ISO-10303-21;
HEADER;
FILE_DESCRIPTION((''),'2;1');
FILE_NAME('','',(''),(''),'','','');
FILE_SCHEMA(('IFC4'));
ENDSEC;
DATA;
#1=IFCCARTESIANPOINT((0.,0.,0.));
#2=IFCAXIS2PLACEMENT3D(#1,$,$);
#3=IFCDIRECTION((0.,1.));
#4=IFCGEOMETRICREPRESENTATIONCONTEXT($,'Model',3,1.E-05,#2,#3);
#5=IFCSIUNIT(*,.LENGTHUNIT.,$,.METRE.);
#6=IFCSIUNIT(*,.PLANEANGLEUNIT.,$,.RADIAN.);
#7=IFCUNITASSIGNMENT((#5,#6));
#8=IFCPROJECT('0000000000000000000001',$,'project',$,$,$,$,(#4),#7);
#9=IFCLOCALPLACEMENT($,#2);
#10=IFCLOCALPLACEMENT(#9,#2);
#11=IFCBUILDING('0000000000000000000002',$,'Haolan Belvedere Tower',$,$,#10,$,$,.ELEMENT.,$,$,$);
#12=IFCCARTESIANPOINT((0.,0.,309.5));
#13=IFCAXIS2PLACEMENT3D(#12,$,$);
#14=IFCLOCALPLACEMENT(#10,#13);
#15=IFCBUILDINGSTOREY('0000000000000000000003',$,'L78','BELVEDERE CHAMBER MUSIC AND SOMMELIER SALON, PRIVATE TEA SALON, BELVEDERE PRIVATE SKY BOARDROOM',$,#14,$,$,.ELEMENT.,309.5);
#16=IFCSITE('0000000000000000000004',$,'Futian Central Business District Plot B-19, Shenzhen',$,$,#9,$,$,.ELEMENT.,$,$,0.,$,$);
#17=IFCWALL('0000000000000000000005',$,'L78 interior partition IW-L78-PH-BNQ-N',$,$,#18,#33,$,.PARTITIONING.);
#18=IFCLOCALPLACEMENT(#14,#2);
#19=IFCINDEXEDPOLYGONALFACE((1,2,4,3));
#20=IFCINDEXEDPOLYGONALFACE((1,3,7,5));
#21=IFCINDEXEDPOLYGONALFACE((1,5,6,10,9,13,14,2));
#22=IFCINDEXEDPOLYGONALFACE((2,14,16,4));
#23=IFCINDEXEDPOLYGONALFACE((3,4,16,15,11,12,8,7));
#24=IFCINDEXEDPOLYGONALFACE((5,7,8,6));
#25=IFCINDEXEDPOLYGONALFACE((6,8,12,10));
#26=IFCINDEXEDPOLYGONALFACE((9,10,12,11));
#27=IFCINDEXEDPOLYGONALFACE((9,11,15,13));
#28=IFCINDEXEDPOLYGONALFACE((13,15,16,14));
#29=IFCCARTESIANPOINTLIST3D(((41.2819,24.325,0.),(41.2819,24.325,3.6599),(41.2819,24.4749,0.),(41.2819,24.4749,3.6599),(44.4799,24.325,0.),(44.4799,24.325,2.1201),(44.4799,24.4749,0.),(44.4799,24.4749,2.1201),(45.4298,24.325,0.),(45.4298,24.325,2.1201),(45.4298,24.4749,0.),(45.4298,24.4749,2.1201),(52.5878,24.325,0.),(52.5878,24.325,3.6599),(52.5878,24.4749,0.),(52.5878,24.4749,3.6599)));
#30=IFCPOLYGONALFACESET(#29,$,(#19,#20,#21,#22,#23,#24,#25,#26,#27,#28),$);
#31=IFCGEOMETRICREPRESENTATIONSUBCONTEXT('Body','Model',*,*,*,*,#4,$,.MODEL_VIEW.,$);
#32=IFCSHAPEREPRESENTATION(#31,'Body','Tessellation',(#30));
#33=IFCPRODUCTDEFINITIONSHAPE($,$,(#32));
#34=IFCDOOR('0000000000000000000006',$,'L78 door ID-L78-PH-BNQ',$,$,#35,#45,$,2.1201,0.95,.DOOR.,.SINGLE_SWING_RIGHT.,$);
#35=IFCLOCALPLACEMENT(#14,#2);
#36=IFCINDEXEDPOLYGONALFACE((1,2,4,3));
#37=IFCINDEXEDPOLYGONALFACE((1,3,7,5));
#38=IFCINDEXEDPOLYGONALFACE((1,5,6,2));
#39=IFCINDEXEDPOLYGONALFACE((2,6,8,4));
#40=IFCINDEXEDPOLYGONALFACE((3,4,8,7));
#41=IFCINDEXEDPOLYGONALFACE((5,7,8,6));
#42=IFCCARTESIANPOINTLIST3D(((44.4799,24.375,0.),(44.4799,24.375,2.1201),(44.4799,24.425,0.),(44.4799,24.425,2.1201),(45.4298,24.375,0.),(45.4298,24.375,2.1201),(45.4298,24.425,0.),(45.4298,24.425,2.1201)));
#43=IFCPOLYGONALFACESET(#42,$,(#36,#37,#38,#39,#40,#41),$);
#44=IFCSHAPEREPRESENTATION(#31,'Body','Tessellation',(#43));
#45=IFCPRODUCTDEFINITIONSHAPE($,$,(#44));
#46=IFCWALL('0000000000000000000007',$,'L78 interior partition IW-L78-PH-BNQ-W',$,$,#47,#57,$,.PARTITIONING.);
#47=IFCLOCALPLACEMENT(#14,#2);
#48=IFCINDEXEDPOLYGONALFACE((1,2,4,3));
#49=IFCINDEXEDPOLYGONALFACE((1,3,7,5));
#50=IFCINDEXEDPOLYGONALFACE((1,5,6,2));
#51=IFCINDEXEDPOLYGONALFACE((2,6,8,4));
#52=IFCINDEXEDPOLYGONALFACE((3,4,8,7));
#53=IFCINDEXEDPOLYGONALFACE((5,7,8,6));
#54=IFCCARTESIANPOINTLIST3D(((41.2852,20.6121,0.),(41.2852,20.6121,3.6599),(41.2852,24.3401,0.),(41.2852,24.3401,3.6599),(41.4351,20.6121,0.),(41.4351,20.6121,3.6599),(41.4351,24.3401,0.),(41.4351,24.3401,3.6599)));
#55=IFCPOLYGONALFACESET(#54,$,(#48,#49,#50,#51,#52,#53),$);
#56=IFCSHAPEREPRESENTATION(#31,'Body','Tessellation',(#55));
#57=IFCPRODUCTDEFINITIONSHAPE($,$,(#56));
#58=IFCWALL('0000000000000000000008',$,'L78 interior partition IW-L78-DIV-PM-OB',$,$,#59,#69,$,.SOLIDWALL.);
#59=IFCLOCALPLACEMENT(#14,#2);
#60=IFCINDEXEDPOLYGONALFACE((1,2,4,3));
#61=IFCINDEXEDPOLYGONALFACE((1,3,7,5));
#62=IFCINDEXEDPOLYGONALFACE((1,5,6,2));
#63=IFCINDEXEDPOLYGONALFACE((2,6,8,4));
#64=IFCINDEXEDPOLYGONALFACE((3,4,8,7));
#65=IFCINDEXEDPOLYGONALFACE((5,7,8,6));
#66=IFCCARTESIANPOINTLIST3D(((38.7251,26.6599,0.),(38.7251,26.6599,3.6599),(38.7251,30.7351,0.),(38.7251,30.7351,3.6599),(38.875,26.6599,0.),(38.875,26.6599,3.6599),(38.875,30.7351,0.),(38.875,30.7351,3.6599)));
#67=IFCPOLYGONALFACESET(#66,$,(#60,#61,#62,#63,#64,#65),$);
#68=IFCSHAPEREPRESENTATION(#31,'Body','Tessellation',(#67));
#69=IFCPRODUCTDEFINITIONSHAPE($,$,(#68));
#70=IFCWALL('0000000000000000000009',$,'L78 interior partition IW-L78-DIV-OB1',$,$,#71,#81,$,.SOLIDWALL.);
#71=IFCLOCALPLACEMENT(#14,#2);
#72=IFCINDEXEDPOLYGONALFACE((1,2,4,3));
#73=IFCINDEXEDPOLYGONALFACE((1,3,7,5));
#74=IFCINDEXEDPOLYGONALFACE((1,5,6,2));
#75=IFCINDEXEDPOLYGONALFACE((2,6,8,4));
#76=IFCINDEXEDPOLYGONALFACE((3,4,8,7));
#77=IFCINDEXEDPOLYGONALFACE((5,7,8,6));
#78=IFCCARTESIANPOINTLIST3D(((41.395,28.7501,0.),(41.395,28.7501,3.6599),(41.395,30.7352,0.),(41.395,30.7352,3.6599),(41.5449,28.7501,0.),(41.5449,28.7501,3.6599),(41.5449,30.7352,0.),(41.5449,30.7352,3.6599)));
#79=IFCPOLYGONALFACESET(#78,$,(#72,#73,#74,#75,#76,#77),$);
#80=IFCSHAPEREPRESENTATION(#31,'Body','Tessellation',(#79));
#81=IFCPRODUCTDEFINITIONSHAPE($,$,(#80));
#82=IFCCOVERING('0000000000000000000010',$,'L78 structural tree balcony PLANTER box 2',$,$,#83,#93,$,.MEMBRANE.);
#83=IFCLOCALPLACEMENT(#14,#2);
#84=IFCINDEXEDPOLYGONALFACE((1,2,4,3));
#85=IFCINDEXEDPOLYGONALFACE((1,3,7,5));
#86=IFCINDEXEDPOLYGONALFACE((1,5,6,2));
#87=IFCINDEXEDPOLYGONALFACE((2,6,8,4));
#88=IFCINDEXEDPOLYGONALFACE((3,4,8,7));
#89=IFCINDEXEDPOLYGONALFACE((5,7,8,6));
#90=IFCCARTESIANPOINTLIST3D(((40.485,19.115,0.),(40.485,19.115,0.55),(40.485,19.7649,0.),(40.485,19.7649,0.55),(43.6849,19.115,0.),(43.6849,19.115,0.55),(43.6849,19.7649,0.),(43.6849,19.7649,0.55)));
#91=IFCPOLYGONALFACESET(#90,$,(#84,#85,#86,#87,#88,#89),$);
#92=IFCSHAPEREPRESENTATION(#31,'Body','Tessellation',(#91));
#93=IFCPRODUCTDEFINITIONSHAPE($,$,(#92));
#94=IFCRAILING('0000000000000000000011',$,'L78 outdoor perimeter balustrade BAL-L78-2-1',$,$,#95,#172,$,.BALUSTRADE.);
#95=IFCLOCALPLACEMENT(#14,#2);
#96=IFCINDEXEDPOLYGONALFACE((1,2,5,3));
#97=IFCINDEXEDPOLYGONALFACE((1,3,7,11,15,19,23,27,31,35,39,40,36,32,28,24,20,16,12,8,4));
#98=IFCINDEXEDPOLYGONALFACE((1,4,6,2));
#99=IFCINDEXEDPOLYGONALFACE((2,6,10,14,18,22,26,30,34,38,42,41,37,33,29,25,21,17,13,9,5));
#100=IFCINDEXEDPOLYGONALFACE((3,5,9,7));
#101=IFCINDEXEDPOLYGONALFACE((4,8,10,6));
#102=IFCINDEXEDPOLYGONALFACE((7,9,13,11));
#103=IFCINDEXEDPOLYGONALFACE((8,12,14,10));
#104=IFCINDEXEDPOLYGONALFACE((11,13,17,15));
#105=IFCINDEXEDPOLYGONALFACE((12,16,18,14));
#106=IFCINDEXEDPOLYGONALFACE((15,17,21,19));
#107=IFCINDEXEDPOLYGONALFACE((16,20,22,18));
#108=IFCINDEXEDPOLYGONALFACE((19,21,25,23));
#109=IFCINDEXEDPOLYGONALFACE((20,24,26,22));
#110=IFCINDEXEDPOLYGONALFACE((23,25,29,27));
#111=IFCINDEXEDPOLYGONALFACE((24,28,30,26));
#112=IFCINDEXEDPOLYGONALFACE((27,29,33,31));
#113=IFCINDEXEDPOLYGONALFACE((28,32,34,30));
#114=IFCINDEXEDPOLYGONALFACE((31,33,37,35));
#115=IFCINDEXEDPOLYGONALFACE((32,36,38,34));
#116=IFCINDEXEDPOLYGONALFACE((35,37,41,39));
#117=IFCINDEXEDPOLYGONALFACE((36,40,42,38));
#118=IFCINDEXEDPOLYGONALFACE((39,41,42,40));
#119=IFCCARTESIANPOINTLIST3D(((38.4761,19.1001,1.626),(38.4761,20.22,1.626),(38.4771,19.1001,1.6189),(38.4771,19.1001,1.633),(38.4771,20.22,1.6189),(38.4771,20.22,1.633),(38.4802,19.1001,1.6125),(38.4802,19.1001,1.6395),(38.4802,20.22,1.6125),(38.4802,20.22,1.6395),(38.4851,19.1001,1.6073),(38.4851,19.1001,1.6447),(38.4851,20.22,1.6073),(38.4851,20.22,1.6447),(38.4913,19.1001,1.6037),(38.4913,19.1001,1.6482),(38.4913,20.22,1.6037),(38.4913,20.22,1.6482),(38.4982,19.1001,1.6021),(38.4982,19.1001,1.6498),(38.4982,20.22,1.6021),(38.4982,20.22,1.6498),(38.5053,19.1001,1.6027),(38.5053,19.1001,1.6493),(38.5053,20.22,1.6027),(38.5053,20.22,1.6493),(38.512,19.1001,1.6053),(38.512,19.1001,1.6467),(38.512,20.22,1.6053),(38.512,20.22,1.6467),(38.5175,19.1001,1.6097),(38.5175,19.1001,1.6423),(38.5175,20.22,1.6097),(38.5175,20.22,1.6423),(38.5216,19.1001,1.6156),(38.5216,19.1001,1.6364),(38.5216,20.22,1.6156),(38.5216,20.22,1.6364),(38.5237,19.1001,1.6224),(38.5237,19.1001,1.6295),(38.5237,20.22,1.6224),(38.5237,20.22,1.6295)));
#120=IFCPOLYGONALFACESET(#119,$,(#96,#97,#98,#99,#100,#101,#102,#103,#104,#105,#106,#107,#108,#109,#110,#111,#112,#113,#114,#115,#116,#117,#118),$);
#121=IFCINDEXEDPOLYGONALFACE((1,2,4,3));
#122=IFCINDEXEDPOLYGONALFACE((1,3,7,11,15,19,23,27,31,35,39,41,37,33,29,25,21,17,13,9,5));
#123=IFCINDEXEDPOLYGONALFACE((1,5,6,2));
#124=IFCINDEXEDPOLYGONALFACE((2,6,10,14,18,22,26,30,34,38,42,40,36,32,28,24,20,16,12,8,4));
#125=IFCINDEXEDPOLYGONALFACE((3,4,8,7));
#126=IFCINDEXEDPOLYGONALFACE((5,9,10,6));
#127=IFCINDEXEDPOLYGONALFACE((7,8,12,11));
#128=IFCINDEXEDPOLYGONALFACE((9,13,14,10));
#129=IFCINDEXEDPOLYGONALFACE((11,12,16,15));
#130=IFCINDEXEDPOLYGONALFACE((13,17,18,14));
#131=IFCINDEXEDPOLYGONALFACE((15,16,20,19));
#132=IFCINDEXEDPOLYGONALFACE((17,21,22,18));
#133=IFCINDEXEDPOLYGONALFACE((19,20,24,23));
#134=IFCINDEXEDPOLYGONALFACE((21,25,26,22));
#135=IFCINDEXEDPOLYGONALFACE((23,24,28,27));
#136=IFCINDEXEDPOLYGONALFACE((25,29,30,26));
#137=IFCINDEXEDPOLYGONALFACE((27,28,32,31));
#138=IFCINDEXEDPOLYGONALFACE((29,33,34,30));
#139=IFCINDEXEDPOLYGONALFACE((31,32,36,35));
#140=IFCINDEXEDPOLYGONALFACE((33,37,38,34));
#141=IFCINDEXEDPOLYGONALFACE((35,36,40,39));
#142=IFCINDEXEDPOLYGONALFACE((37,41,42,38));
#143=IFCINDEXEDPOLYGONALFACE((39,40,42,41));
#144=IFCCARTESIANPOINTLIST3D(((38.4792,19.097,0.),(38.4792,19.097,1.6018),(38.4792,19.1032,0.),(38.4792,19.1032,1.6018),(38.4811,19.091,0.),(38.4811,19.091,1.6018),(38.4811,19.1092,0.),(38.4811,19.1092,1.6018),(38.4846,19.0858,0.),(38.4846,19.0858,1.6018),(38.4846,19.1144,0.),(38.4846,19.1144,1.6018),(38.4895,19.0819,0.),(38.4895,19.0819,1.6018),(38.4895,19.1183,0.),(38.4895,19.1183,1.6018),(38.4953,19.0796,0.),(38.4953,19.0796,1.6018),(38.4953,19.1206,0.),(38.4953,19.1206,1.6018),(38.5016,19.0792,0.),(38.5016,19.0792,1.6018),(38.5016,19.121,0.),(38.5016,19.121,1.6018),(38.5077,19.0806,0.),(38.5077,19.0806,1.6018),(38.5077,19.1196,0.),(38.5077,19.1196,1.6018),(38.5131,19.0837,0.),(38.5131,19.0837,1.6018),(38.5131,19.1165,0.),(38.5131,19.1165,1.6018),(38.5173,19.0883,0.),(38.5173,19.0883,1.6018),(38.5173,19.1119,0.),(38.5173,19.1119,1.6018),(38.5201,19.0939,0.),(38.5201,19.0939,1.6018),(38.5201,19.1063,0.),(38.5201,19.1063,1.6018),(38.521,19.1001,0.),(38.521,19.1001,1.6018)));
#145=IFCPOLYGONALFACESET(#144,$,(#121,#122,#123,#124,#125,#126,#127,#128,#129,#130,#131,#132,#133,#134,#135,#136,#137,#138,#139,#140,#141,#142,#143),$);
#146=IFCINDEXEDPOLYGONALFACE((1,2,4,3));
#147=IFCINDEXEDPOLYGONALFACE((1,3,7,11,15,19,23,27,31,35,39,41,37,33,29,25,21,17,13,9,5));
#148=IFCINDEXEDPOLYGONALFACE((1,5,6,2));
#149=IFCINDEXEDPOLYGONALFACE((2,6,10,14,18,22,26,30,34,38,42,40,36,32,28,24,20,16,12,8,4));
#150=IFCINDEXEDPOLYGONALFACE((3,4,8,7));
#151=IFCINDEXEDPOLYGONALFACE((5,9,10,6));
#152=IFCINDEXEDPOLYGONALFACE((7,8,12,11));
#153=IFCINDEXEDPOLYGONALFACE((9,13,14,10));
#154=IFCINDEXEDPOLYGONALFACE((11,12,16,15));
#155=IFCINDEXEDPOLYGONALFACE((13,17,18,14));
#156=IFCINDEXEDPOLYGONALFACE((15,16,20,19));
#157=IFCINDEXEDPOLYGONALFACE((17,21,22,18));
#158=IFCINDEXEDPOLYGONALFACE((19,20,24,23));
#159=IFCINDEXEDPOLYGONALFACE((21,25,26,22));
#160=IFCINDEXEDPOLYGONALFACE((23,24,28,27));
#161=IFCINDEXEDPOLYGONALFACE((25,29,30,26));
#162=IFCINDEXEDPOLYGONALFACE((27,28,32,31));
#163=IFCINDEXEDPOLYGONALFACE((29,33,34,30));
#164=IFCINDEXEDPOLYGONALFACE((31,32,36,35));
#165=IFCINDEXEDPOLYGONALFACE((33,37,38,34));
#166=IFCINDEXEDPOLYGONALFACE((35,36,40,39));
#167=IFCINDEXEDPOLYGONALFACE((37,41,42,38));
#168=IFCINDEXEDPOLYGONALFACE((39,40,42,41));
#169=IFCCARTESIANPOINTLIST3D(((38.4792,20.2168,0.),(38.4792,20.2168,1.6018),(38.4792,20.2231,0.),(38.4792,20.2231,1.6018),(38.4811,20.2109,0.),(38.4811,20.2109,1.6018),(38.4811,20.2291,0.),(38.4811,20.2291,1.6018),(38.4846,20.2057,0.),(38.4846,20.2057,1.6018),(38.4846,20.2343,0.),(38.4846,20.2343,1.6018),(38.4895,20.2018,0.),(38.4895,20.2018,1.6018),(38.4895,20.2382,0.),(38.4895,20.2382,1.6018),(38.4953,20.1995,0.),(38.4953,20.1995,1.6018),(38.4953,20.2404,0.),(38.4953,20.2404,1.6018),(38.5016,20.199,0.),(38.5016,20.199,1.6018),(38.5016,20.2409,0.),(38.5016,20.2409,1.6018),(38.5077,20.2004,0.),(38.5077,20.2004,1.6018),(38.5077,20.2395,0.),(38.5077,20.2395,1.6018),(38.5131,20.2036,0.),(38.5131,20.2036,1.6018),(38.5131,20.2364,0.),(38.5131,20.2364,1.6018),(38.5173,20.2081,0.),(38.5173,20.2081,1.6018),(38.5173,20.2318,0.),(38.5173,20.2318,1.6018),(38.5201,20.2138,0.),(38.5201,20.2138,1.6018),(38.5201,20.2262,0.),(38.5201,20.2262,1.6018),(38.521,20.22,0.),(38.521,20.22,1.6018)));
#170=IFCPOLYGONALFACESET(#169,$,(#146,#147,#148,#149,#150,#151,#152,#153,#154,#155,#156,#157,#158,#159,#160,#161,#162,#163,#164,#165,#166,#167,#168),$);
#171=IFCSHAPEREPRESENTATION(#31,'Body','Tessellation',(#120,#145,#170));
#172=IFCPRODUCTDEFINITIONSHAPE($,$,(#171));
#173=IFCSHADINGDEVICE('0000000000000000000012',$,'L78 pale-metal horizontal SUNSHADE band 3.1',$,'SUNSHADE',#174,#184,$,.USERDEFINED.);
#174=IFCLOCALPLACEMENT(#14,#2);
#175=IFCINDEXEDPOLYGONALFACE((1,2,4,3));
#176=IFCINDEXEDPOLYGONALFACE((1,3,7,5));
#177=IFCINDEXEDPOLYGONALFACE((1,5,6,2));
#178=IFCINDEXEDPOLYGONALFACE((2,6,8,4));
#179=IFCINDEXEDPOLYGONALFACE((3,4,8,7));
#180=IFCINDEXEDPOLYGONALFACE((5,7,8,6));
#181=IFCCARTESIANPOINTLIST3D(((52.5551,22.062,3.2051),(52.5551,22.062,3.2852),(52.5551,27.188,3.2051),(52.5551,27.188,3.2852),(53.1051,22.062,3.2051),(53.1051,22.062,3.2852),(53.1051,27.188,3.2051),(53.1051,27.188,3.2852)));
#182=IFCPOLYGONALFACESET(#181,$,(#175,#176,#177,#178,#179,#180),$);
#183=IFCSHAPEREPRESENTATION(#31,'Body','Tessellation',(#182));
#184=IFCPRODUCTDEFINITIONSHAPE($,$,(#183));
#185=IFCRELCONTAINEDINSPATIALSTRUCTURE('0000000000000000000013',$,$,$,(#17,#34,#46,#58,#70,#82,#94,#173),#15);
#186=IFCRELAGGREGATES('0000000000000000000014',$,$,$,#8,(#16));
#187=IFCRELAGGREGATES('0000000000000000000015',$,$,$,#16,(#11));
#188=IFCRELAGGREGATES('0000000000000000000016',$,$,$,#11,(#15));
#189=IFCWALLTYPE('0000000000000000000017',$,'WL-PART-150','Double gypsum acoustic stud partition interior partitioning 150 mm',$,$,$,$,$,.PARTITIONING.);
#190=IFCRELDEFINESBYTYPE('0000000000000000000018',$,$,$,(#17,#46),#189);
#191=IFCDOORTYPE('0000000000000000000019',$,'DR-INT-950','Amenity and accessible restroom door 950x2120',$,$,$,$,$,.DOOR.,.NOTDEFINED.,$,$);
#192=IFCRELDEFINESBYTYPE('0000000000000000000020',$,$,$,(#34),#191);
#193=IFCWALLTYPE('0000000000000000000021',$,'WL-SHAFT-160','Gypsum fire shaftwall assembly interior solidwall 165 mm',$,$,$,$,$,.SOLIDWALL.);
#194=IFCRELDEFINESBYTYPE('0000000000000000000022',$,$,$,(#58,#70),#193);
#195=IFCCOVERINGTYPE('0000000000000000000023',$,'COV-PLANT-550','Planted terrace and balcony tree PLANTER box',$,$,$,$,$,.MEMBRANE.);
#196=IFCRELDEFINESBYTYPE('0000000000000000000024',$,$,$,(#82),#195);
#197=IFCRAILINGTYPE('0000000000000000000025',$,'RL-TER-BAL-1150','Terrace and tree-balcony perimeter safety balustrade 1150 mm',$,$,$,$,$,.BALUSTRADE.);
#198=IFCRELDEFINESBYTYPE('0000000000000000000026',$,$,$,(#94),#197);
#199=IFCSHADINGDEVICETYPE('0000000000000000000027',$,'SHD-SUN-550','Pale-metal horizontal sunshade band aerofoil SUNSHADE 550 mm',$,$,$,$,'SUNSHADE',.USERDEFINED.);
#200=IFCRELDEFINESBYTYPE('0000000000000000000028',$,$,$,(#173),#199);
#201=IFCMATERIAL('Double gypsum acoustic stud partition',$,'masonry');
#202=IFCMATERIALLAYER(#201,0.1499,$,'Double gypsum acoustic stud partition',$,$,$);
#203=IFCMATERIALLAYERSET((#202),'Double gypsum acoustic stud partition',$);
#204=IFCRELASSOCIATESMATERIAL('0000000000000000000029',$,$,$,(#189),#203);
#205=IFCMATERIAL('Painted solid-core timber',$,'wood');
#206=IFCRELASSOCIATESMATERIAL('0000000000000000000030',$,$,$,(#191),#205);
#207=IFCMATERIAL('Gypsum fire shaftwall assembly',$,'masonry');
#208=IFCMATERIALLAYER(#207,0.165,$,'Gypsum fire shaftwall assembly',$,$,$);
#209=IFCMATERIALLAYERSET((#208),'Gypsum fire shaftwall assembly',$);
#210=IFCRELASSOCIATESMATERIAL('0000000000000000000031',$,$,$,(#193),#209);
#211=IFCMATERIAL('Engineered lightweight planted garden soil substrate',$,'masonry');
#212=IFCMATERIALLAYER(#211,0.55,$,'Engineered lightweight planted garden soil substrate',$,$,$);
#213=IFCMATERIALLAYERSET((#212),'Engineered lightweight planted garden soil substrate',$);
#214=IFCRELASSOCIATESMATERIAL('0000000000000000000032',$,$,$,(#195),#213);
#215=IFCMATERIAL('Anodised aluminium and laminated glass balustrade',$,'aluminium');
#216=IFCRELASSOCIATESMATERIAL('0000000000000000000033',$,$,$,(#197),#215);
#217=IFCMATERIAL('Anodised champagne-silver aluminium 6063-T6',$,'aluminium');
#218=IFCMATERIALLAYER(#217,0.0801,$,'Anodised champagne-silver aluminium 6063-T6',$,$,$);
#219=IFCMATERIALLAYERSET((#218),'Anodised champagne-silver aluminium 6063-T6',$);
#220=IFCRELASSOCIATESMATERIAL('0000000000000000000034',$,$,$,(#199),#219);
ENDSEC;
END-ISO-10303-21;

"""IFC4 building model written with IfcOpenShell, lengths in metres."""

from ifc_helpers import new_model, si_unit, direction, frame, frame_2d, origin, origin_2d, place, context, subcontext, project, spatial, rectangle, circle, extrude, material, layer, layer_set, type_object, element, fill, save


model = new_model("IFC4")

# Units and contexts
model_context = context("Model", 3, precision=1e-05, world=origin(), true_north=direction((0.0, 1.0)))
body_context = subcontext(model_context, "Body", "Model", "MODEL_VIEW")
ifc_project = project(units=[si_unit("LENGTHUNIT", "METRE"), si_unit("PLANEANGLEUNIT", "RADIAN")], contexts=[model_context])

# Site, building, storey
site_placement = place(None, origin())
site = spatial("IfcSite", under=ifc_project, at=site_placement, Name="Futian Central Business District Plot B-19, Shenzhen", CompositionType="ELEMENT", RefElevation=0.0)
building_placement = place(site_placement, origin())
building = spatial("IfcBuilding", under=site, at=building_placement, Name="Haolan Belvedere Tower", CompositionType="ELEMENT")
storey_placement = place(building_placement, frame((0.0, 0.0, 309.5)))
storey = spatial("IfcBuildingStorey", under=building, at=storey_placement, Name="L78", Description="BELVEDERE CHAMBER MUSIC AND SOMMELIER SALON, PRIVATE TEA SALON, BELVEDERE PRIVATE SKY BOARDROOM", CompositionType="ELEMENT", Elevation=309.5)

# Shared definitions
ifc_material_1 = material(Name="Double gypsum acoustic stud partition", Category="masonry")
ifc_layer_1 = layer(ifc_material_1, 0.1499, Name="Double gypsum acoustic stud partition")
ifc_layer_set_1 = layer_set([ifc_layer_1], Name="Double gypsum acoustic stud partition")
wall_type_1 = type_object("IfcWallType", Name="WL-PART-150", Description="Double gypsum acoustic stud partition interior partitioning 150 mm", PredefinedType="PARTITIONING", material=ifc_layer_set_1)

# Shared definitions
ifc_material_2 = material(Name="Painted solid-core timber", Category="wood")
door_type_1 = type_object("IfcDoorType", Name="DR-INT-950", Description="Amenity and accessible restroom door 950x2120", OperationType="NOTDEFINED", PredefinedType="DOOR", material=ifc_material_2)

# Wall, opening, door
wall_1_placement = place(storey_placement, frame((41.282, 24.3999, 0.0), z_axis=(0.0, 0.0, 1.0), x_axis=(1.0, 0.0, 0.0)))
wall_1 = element("IfcWall", 1, at=wall_1_placement, inside=storey, type_object=wall_type_1, Name="L78 interior partition IW-L78-PH-BNQ-N", PredefinedType="PARTITIONING", context=body_context, shape_type="SweptSolid", body=[
    extrude(rectangle(XDim=11.3059, YDim=0.1499, at=frame_2d((5.6528, 0.0))), origin(), (0.0, 0.0, 1.0), 3.6599),
])
opening_1_placement = place(wall_1_placement, frame((4.1479, 0.0, 0.0), z_axis=(0.0, 0.0, 1.0), x_axis=(-1.0, 0.0, 0.0)))
opening_1 = element("IfcOpeningElement", 2, at=opening_1_placement, cuts=wall_1, PredefinedType="OPENING", context=body_context, shape_type="SweptSolid", body=[
    extrude(rectangle(XDim=0.95, YDim=2.1201, at=frame_2d((0.4751, 1.0601))), frame((0.0, 0.085, 0.0), z_axis=(0.0, -1.0, 0.0), x_axis=(1.0, 0.0, 0.0)), (0.0, 0.0, 1.0), 0.1699),
])
door_1_placement = place(opening_1_placement, origin())
door_1 = element("IfcDoor", 3, at=door_1_placement, inside=storey, type_object=door_type_1, Name="L78 door ID-L78-PH-BNQ", OperationType="SINGLE_SWING_RIGHT", OverallHeight=2.1201, OverallWidth=0.95, PredefinedType="DOOR", context=body_context, shape_type="SweptSolid", body=[
    extrude(rectangle(XDim=0.95, YDim=2.1201, at=frame_2d((0.4751, 1.0601))), frame((0.0, 0.0249, 0.0), z_axis=(0.0, -1.0, 0.0), x_axis=(1.0, 0.0, 0.0)), (0.0, 0.0, 1.0), 0.05),
])
fill(opening_1, door_1)

# Walls
wall_2_placement = place(storey_placement, frame((41.3601, 20.6121, 0.0), z_axis=(0.0, 0.0, 1.0), x_axis=(0.0, 1.0, 0.0)))
element("IfcWall", 4, at=wall_2_placement, inside=storey, type_object=wall_type_1, Name="L78 interior partition IW-L78-PH-BNQ-W", PredefinedType="PARTITIONING", context=body_context, shape_type="SweptSolid", body=[
    extrude(rectangle(XDim=3.728, YDim=0.1499, at=frame_2d((1.864, 0.0))), origin(), (0.0, 0.0, 1.0), 3.6599),
])
ifc_material_3 = material(Name="Gypsum fire shaftwall assembly", Category="masonry")
ifc_layer_2 = layer(ifc_material_3, 0.165, Name="Gypsum fire shaftwall assembly")
ifc_layer_set_2 = layer_set([ifc_layer_2], Name="Gypsum fire shaftwall assembly")
wall_type_2 = type_object("IfcWallType", Name="WL-SHAFT-160", Description="Gypsum fire shaftwall assembly interior solidwall 165 mm", PredefinedType="SOLIDWALL", material=ifc_layer_set_2)
wall_3_placement = place(storey_placement, frame((38.8, 26.6599, 0.0), z_axis=(0.0, 0.0, 1.0), x_axis=(0.0, 1.0, 0.0)))
element("IfcWall", 5, at=wall_3_placement, inside=storey, type_object=wall_type_2, Name="L78 interior partition IW-L78-DIV-PM-OB", PredefinedType="SOLIDWALL", context=body_context, shape_type="SweptSolid", body=[
    extrude(rectangle(XDim=4.0752, YDim=0.1499, at=frame_2d((2.0376, 0.0))), origin(), (0.0, 0.0, 1.0), 3.6599),
])
wall_4_placement = place(storey_placement, frame((41.47, 28.75, 0.0), z_axis=(0.0, 0.0, 1.0), x_axis=(0.0, 1.0, 0.0)))
element("IfcWall", 6, at=wall_4_placement, inside=storey, type_object=wall_type_2, Name="L78 interior partition IW-L78-DIV-OB1", PredefinedType="SOLIDWALL", context=body_context, shape_type="SweptSolid", body=[
    extrude(rectangle(XDim=1.9851, YDim=0.1499, at=frame_2d((0.9927, 0.0))), origin(), (0.0, 0.0, 1.0), 3.6599),
])

# Covering
ifc_material_4 = material(Name="Engineered lightweight planted garden soil substrate", Category="masonry")
ifc_layer_3 = layer(ifc_material_4, 0.55, Name="Engineered lightweight planted garden soil substrate")
ifc_layer_set_3 = layer_set([ifc_layer_3], Name="Engineered lightweight planted garden soil substrate")
covering_type = type_object("IfcCoveringType", Name="COV-PLANT-550", Description="Planted terrace and balcony tree PLANTER box", PredefinedType="MEMBRANE", material=ifc_layer_set_3)
covering_placement = place(storey_placement, frame((42.085, 19.4399, 0.0), z_axis=(0.0, 0.0, 1.0), x_axis=(1.0, 0.0, 0.0)))
element("IfcCovering", 7, at=covering_placement, inside=storey, type_object=covering_type, Name="L78 structural tree balcony PLANTER box 2", PredefinedType="MEMBRANE", context=body_context, shape_type="SweptSolid", body=[
    extrude(rectangle(XDim=3.2, YDim=0.6499, at=origin_2d()), origin(), (0.0, 0.0, 1.0), 0.55),
])

# Railing
ifc_material_5 = material(Name="Anodised aluminium and laminated glass balustrade", Category="aluminium")
railing_type = type_object("IfcRailingType", Name="RL-TER-BAL-1150", Description="Terrace and tree-balcony perimeter safety balustrade 1150 mm", PredefinedType="BALUSTRADE", material=ifc_material_5)
railing_1_placement = place(storey_placement, frame((38.5, 19.1001, 0.0)))
element("IfcRailing", 8, at=railing_1_placement, inside=storey, type_object=railing_type, Name="L78 outdoor perimeter balustrade BAL-L78-2-1", PredefinedType="BALUSTRADE", context=body_context, shape_type="SweptSolid", body=[
    extrude(circle(Radius=0.0239, at=origin_2d()), frame((0.0, 0.0, 1.626), z_axis=(0.0, 1.0, 0.0), x_axis=(-1.0, 0.0, 0.0)), (0.0, 0.0, 1.0), 1.1199),
    extrude(circle(Radius=0.021, at=origin_2d()), origin(), (0.0, 0.0, 1.0), 1.6018),
    extrude(circle(Radius=0.021, at=origin_2d()), frame((0.0, 1.1199, 0.0)), (0.0, 0.0, 1.0), 1.6018),
])

# Shading device
ifc_material_6 = material(Name="Anodised champagne-silver aluminium 6063-T6", Category="aluminium")
ifc_layer_4 = layer(ifc_material_6, 0.0801, Name="Anodised champagne-silver aluminium 6063-T6")
ifc_layer_set_4 = layer_set([ifc_layer_4], Name="Anodised champagne-silver aluminium 6063-T6")
shading_device_type = type_object("IfcShadingDeviceType", Name="SHD-SUN-550", Description="Pale-metal horizontal sunshade band aerofoil SUNSHADE 550 mm", ElementType="SUNSHADE", PredefinedType="USERDEFINED", material=ifc_layer_set_4)
shading_device_placement = place(storey_placement, frame((52.8301, 24.625, 3.2051), z_axis=(0.0, 0.0, 1.0), x_axis=(0.0, 1.0, 0.0)))
element("IfcShadingDevice", 9, at=shading_device_placement, inside=storey, type_object=shading_device_type, Name="L78 pale-metal horizontal SUNSHADE band 3.1", ObjectType="SUNSHADE", PredefinedType="USERDEFINED", context=body_context, shape_type="SweptSolid", body=[
    extrude(rectangle(XDim=5.126, YDim=0.55, at=origin_2d()), origin(), (0.0, 0.0, 1.0), 0.0801),
])

save(model, "model.ifc")
